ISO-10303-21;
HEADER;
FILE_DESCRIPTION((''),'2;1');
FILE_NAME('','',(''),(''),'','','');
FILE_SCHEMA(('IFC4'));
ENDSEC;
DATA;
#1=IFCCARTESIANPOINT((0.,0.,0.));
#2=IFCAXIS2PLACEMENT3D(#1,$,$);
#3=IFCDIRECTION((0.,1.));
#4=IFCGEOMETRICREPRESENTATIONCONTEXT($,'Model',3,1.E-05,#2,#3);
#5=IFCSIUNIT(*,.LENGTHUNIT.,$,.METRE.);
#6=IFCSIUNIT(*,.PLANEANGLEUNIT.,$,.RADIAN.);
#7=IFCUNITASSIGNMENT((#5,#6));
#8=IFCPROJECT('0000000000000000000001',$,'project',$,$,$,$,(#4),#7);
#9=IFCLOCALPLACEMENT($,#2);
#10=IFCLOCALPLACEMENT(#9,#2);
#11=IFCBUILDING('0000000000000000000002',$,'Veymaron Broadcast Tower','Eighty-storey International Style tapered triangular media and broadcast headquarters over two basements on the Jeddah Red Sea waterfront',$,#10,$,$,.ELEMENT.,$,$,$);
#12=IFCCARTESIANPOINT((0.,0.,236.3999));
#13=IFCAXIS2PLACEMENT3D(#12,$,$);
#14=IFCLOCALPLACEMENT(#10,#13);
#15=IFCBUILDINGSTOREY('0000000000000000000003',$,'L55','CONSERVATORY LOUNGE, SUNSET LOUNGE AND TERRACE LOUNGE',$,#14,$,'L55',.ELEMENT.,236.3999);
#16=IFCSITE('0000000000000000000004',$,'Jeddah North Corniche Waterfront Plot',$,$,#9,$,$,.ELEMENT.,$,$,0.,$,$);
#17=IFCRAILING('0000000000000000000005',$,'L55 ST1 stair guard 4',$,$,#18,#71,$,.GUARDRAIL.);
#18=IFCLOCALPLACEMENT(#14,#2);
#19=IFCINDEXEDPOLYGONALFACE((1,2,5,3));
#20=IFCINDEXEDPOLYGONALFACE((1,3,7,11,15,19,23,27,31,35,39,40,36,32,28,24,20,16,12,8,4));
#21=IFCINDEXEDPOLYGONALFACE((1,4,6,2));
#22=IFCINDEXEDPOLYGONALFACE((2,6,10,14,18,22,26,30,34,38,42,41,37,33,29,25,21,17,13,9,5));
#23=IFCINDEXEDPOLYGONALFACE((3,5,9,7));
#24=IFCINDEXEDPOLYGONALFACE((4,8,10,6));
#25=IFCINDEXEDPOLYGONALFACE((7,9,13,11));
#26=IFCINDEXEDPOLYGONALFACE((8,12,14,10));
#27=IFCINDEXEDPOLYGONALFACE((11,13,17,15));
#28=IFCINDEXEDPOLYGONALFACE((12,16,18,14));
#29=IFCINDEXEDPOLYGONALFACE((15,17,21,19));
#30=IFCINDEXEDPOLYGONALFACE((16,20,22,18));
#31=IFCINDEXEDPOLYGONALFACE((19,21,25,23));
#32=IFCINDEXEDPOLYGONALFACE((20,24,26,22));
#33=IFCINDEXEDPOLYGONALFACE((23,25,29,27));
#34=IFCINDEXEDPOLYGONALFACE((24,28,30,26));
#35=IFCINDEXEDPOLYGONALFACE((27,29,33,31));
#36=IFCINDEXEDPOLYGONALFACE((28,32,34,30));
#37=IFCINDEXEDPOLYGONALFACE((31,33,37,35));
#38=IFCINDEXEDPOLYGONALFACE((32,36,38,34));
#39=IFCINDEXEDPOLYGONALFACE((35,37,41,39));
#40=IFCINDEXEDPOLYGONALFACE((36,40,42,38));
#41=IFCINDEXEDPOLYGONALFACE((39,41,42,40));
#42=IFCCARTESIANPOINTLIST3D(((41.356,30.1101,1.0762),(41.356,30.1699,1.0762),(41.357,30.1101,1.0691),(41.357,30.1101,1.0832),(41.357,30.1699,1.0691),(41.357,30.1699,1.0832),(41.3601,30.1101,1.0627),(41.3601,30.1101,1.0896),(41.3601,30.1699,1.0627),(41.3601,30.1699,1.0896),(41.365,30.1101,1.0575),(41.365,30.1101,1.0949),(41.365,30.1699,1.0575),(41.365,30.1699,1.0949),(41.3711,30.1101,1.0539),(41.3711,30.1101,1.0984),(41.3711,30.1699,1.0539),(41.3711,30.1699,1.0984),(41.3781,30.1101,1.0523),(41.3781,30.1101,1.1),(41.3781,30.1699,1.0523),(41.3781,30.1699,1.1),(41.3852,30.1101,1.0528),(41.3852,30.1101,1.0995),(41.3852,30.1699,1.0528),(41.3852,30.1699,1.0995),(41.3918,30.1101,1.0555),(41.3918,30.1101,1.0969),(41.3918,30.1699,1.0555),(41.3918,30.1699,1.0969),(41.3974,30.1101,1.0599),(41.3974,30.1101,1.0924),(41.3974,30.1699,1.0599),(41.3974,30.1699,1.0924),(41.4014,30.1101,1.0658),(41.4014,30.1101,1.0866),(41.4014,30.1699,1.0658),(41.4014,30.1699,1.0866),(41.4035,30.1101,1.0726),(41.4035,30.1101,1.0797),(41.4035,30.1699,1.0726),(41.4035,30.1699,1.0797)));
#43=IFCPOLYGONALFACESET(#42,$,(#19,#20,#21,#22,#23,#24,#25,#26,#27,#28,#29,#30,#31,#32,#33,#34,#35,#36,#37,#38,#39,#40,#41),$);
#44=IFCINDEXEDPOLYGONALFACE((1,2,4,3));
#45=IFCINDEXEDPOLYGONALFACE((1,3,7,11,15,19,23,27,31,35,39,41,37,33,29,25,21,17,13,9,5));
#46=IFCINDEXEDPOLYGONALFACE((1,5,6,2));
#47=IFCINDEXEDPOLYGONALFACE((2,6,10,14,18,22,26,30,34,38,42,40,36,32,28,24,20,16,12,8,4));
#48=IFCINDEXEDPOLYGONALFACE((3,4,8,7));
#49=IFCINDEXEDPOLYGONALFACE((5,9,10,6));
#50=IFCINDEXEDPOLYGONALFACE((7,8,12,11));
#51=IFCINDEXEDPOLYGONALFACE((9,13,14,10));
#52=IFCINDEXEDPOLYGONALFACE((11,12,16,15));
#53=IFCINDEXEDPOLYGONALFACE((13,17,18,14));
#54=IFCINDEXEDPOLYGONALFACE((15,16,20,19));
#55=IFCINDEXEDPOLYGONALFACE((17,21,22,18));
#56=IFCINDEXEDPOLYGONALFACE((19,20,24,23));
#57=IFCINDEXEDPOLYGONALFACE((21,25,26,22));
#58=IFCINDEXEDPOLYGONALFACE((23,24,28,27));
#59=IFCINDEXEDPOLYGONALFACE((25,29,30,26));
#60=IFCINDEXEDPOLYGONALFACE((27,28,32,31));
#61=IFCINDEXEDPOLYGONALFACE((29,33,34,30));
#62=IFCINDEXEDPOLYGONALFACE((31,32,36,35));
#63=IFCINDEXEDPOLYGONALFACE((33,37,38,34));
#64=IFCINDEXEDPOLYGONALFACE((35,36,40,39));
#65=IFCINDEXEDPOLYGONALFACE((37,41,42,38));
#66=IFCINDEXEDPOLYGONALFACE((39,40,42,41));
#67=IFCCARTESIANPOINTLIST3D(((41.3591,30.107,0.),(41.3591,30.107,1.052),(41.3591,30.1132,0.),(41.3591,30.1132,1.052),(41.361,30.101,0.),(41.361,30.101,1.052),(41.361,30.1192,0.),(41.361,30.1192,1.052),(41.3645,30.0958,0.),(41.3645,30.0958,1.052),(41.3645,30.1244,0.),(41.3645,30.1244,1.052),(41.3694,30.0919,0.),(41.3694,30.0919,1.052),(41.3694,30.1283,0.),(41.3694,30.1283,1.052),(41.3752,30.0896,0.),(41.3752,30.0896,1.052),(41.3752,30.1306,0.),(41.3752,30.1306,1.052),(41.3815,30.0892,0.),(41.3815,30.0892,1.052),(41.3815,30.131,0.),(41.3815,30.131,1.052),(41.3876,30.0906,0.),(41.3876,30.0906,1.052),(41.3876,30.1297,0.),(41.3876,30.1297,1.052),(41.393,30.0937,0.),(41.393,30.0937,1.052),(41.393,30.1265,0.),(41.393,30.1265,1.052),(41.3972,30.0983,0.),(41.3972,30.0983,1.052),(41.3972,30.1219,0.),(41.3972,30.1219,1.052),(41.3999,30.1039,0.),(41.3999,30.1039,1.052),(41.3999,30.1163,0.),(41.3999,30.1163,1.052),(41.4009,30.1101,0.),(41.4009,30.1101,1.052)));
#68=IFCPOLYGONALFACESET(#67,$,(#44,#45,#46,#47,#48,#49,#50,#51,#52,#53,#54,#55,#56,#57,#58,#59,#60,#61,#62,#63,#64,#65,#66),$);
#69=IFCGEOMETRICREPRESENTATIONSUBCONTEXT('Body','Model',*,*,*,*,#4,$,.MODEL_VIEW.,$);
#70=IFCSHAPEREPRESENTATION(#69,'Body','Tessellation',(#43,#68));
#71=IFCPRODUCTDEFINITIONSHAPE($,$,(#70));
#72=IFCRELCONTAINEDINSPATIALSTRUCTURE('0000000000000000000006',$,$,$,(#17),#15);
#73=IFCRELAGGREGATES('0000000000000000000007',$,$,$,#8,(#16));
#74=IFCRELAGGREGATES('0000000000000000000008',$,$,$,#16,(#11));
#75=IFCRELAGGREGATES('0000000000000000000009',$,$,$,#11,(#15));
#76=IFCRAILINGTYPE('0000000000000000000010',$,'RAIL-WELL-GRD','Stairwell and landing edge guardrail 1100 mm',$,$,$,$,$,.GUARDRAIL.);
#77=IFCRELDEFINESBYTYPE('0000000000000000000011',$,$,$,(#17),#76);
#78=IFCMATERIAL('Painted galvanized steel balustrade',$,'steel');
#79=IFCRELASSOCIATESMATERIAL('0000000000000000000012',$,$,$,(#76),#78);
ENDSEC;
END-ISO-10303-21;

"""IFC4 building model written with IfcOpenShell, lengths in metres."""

from ifc_helpers import new_model, si_unit, direction, frame, origin, origin_2d, place, context, subcontext, project, spatial, circle, extrude, material, type_object, element, save


model = new_model("IFC4")

# Units and contexts
model_context = context("Model", 3, precision=1e-05, world=origin(), true_north=direction((0.0, 1.0)))
body_context = subcontext(model_context, "Body", "Model", "MODEL_VIEW")
ifc_project = project(units=[si_unit("LENGTHUNIT", "METRE"), si_unit("PLANEANGLEUNIT", "RADIAN")], contexts=[model_context])

# Site, building, storey
site_placement = place(None, origin())
site = spatial("IfcSite", under=ifc_project, at=site_placement, Name="Jeddah North Corniche Waterfront Plot", CompositionType="ELEMENT", RefElevation=0.0)
building_placement = place(site_placement, origin())
building = spatial("IfcBuilding", under=site, at=building_placement, Name="Veymaron Broadcast Tower", Description="Eighty-storey International Style tapered triangular media and broadcast headquarters over two basements on the Jeddah Red Sea waterfront", CompositionType="ELEMENT")
storey_placement = place(building_placement, frame((0.0, 0.0, 236.3999)))
storey = spatial("IfcBuildingStorey", under=building, at=storey_placement, Name="L55", Description="CONSERVATORY LOUNGE, SUNSET LOUNGE AND TERRACE LOUNGE", LongName="L55", CompositionType="ELEMENT", Elevation=236.3999)

# Railing
ifc_material_1 = material(Name="Painted galvanized steel balustrade", Category="steel")
railing_type_1 = type_object("IfcRailingType", Name="RAIL-WELL-GRD", Description="Stairwell and landing edge guardrail 1100 mm", PredefinedType="GUARDRAIL", material=ifc_material_1)
railing_1_placement = place(storey_placement, frame((41.3799, 30.1101, 0.0)))
element("IfcRailing", 1, at=railing_1_placement, inside=storey, type_object=railing_type_1, Name="L55 ST1 stair guard 4", PredefinedType="GUARDRAIL", context=body_context, shape_type="SweptSolid", body=[
    extrude(circle(Radius=0.0239, at=origin_2d()), frame((0.0, 0.0, 1.0762), z_axis=(0.0, 1.0, 0.0), x_axis=(-1.0, 0.0, 0.0)), (0.0, 0.0, 1.0), 0.0598),
    extrude(circle(Radius=0.021, at=origin_2d()), origin(), (0.0, 0.0, 1.0), 1.052),
])

save(model, "model.ifc")
